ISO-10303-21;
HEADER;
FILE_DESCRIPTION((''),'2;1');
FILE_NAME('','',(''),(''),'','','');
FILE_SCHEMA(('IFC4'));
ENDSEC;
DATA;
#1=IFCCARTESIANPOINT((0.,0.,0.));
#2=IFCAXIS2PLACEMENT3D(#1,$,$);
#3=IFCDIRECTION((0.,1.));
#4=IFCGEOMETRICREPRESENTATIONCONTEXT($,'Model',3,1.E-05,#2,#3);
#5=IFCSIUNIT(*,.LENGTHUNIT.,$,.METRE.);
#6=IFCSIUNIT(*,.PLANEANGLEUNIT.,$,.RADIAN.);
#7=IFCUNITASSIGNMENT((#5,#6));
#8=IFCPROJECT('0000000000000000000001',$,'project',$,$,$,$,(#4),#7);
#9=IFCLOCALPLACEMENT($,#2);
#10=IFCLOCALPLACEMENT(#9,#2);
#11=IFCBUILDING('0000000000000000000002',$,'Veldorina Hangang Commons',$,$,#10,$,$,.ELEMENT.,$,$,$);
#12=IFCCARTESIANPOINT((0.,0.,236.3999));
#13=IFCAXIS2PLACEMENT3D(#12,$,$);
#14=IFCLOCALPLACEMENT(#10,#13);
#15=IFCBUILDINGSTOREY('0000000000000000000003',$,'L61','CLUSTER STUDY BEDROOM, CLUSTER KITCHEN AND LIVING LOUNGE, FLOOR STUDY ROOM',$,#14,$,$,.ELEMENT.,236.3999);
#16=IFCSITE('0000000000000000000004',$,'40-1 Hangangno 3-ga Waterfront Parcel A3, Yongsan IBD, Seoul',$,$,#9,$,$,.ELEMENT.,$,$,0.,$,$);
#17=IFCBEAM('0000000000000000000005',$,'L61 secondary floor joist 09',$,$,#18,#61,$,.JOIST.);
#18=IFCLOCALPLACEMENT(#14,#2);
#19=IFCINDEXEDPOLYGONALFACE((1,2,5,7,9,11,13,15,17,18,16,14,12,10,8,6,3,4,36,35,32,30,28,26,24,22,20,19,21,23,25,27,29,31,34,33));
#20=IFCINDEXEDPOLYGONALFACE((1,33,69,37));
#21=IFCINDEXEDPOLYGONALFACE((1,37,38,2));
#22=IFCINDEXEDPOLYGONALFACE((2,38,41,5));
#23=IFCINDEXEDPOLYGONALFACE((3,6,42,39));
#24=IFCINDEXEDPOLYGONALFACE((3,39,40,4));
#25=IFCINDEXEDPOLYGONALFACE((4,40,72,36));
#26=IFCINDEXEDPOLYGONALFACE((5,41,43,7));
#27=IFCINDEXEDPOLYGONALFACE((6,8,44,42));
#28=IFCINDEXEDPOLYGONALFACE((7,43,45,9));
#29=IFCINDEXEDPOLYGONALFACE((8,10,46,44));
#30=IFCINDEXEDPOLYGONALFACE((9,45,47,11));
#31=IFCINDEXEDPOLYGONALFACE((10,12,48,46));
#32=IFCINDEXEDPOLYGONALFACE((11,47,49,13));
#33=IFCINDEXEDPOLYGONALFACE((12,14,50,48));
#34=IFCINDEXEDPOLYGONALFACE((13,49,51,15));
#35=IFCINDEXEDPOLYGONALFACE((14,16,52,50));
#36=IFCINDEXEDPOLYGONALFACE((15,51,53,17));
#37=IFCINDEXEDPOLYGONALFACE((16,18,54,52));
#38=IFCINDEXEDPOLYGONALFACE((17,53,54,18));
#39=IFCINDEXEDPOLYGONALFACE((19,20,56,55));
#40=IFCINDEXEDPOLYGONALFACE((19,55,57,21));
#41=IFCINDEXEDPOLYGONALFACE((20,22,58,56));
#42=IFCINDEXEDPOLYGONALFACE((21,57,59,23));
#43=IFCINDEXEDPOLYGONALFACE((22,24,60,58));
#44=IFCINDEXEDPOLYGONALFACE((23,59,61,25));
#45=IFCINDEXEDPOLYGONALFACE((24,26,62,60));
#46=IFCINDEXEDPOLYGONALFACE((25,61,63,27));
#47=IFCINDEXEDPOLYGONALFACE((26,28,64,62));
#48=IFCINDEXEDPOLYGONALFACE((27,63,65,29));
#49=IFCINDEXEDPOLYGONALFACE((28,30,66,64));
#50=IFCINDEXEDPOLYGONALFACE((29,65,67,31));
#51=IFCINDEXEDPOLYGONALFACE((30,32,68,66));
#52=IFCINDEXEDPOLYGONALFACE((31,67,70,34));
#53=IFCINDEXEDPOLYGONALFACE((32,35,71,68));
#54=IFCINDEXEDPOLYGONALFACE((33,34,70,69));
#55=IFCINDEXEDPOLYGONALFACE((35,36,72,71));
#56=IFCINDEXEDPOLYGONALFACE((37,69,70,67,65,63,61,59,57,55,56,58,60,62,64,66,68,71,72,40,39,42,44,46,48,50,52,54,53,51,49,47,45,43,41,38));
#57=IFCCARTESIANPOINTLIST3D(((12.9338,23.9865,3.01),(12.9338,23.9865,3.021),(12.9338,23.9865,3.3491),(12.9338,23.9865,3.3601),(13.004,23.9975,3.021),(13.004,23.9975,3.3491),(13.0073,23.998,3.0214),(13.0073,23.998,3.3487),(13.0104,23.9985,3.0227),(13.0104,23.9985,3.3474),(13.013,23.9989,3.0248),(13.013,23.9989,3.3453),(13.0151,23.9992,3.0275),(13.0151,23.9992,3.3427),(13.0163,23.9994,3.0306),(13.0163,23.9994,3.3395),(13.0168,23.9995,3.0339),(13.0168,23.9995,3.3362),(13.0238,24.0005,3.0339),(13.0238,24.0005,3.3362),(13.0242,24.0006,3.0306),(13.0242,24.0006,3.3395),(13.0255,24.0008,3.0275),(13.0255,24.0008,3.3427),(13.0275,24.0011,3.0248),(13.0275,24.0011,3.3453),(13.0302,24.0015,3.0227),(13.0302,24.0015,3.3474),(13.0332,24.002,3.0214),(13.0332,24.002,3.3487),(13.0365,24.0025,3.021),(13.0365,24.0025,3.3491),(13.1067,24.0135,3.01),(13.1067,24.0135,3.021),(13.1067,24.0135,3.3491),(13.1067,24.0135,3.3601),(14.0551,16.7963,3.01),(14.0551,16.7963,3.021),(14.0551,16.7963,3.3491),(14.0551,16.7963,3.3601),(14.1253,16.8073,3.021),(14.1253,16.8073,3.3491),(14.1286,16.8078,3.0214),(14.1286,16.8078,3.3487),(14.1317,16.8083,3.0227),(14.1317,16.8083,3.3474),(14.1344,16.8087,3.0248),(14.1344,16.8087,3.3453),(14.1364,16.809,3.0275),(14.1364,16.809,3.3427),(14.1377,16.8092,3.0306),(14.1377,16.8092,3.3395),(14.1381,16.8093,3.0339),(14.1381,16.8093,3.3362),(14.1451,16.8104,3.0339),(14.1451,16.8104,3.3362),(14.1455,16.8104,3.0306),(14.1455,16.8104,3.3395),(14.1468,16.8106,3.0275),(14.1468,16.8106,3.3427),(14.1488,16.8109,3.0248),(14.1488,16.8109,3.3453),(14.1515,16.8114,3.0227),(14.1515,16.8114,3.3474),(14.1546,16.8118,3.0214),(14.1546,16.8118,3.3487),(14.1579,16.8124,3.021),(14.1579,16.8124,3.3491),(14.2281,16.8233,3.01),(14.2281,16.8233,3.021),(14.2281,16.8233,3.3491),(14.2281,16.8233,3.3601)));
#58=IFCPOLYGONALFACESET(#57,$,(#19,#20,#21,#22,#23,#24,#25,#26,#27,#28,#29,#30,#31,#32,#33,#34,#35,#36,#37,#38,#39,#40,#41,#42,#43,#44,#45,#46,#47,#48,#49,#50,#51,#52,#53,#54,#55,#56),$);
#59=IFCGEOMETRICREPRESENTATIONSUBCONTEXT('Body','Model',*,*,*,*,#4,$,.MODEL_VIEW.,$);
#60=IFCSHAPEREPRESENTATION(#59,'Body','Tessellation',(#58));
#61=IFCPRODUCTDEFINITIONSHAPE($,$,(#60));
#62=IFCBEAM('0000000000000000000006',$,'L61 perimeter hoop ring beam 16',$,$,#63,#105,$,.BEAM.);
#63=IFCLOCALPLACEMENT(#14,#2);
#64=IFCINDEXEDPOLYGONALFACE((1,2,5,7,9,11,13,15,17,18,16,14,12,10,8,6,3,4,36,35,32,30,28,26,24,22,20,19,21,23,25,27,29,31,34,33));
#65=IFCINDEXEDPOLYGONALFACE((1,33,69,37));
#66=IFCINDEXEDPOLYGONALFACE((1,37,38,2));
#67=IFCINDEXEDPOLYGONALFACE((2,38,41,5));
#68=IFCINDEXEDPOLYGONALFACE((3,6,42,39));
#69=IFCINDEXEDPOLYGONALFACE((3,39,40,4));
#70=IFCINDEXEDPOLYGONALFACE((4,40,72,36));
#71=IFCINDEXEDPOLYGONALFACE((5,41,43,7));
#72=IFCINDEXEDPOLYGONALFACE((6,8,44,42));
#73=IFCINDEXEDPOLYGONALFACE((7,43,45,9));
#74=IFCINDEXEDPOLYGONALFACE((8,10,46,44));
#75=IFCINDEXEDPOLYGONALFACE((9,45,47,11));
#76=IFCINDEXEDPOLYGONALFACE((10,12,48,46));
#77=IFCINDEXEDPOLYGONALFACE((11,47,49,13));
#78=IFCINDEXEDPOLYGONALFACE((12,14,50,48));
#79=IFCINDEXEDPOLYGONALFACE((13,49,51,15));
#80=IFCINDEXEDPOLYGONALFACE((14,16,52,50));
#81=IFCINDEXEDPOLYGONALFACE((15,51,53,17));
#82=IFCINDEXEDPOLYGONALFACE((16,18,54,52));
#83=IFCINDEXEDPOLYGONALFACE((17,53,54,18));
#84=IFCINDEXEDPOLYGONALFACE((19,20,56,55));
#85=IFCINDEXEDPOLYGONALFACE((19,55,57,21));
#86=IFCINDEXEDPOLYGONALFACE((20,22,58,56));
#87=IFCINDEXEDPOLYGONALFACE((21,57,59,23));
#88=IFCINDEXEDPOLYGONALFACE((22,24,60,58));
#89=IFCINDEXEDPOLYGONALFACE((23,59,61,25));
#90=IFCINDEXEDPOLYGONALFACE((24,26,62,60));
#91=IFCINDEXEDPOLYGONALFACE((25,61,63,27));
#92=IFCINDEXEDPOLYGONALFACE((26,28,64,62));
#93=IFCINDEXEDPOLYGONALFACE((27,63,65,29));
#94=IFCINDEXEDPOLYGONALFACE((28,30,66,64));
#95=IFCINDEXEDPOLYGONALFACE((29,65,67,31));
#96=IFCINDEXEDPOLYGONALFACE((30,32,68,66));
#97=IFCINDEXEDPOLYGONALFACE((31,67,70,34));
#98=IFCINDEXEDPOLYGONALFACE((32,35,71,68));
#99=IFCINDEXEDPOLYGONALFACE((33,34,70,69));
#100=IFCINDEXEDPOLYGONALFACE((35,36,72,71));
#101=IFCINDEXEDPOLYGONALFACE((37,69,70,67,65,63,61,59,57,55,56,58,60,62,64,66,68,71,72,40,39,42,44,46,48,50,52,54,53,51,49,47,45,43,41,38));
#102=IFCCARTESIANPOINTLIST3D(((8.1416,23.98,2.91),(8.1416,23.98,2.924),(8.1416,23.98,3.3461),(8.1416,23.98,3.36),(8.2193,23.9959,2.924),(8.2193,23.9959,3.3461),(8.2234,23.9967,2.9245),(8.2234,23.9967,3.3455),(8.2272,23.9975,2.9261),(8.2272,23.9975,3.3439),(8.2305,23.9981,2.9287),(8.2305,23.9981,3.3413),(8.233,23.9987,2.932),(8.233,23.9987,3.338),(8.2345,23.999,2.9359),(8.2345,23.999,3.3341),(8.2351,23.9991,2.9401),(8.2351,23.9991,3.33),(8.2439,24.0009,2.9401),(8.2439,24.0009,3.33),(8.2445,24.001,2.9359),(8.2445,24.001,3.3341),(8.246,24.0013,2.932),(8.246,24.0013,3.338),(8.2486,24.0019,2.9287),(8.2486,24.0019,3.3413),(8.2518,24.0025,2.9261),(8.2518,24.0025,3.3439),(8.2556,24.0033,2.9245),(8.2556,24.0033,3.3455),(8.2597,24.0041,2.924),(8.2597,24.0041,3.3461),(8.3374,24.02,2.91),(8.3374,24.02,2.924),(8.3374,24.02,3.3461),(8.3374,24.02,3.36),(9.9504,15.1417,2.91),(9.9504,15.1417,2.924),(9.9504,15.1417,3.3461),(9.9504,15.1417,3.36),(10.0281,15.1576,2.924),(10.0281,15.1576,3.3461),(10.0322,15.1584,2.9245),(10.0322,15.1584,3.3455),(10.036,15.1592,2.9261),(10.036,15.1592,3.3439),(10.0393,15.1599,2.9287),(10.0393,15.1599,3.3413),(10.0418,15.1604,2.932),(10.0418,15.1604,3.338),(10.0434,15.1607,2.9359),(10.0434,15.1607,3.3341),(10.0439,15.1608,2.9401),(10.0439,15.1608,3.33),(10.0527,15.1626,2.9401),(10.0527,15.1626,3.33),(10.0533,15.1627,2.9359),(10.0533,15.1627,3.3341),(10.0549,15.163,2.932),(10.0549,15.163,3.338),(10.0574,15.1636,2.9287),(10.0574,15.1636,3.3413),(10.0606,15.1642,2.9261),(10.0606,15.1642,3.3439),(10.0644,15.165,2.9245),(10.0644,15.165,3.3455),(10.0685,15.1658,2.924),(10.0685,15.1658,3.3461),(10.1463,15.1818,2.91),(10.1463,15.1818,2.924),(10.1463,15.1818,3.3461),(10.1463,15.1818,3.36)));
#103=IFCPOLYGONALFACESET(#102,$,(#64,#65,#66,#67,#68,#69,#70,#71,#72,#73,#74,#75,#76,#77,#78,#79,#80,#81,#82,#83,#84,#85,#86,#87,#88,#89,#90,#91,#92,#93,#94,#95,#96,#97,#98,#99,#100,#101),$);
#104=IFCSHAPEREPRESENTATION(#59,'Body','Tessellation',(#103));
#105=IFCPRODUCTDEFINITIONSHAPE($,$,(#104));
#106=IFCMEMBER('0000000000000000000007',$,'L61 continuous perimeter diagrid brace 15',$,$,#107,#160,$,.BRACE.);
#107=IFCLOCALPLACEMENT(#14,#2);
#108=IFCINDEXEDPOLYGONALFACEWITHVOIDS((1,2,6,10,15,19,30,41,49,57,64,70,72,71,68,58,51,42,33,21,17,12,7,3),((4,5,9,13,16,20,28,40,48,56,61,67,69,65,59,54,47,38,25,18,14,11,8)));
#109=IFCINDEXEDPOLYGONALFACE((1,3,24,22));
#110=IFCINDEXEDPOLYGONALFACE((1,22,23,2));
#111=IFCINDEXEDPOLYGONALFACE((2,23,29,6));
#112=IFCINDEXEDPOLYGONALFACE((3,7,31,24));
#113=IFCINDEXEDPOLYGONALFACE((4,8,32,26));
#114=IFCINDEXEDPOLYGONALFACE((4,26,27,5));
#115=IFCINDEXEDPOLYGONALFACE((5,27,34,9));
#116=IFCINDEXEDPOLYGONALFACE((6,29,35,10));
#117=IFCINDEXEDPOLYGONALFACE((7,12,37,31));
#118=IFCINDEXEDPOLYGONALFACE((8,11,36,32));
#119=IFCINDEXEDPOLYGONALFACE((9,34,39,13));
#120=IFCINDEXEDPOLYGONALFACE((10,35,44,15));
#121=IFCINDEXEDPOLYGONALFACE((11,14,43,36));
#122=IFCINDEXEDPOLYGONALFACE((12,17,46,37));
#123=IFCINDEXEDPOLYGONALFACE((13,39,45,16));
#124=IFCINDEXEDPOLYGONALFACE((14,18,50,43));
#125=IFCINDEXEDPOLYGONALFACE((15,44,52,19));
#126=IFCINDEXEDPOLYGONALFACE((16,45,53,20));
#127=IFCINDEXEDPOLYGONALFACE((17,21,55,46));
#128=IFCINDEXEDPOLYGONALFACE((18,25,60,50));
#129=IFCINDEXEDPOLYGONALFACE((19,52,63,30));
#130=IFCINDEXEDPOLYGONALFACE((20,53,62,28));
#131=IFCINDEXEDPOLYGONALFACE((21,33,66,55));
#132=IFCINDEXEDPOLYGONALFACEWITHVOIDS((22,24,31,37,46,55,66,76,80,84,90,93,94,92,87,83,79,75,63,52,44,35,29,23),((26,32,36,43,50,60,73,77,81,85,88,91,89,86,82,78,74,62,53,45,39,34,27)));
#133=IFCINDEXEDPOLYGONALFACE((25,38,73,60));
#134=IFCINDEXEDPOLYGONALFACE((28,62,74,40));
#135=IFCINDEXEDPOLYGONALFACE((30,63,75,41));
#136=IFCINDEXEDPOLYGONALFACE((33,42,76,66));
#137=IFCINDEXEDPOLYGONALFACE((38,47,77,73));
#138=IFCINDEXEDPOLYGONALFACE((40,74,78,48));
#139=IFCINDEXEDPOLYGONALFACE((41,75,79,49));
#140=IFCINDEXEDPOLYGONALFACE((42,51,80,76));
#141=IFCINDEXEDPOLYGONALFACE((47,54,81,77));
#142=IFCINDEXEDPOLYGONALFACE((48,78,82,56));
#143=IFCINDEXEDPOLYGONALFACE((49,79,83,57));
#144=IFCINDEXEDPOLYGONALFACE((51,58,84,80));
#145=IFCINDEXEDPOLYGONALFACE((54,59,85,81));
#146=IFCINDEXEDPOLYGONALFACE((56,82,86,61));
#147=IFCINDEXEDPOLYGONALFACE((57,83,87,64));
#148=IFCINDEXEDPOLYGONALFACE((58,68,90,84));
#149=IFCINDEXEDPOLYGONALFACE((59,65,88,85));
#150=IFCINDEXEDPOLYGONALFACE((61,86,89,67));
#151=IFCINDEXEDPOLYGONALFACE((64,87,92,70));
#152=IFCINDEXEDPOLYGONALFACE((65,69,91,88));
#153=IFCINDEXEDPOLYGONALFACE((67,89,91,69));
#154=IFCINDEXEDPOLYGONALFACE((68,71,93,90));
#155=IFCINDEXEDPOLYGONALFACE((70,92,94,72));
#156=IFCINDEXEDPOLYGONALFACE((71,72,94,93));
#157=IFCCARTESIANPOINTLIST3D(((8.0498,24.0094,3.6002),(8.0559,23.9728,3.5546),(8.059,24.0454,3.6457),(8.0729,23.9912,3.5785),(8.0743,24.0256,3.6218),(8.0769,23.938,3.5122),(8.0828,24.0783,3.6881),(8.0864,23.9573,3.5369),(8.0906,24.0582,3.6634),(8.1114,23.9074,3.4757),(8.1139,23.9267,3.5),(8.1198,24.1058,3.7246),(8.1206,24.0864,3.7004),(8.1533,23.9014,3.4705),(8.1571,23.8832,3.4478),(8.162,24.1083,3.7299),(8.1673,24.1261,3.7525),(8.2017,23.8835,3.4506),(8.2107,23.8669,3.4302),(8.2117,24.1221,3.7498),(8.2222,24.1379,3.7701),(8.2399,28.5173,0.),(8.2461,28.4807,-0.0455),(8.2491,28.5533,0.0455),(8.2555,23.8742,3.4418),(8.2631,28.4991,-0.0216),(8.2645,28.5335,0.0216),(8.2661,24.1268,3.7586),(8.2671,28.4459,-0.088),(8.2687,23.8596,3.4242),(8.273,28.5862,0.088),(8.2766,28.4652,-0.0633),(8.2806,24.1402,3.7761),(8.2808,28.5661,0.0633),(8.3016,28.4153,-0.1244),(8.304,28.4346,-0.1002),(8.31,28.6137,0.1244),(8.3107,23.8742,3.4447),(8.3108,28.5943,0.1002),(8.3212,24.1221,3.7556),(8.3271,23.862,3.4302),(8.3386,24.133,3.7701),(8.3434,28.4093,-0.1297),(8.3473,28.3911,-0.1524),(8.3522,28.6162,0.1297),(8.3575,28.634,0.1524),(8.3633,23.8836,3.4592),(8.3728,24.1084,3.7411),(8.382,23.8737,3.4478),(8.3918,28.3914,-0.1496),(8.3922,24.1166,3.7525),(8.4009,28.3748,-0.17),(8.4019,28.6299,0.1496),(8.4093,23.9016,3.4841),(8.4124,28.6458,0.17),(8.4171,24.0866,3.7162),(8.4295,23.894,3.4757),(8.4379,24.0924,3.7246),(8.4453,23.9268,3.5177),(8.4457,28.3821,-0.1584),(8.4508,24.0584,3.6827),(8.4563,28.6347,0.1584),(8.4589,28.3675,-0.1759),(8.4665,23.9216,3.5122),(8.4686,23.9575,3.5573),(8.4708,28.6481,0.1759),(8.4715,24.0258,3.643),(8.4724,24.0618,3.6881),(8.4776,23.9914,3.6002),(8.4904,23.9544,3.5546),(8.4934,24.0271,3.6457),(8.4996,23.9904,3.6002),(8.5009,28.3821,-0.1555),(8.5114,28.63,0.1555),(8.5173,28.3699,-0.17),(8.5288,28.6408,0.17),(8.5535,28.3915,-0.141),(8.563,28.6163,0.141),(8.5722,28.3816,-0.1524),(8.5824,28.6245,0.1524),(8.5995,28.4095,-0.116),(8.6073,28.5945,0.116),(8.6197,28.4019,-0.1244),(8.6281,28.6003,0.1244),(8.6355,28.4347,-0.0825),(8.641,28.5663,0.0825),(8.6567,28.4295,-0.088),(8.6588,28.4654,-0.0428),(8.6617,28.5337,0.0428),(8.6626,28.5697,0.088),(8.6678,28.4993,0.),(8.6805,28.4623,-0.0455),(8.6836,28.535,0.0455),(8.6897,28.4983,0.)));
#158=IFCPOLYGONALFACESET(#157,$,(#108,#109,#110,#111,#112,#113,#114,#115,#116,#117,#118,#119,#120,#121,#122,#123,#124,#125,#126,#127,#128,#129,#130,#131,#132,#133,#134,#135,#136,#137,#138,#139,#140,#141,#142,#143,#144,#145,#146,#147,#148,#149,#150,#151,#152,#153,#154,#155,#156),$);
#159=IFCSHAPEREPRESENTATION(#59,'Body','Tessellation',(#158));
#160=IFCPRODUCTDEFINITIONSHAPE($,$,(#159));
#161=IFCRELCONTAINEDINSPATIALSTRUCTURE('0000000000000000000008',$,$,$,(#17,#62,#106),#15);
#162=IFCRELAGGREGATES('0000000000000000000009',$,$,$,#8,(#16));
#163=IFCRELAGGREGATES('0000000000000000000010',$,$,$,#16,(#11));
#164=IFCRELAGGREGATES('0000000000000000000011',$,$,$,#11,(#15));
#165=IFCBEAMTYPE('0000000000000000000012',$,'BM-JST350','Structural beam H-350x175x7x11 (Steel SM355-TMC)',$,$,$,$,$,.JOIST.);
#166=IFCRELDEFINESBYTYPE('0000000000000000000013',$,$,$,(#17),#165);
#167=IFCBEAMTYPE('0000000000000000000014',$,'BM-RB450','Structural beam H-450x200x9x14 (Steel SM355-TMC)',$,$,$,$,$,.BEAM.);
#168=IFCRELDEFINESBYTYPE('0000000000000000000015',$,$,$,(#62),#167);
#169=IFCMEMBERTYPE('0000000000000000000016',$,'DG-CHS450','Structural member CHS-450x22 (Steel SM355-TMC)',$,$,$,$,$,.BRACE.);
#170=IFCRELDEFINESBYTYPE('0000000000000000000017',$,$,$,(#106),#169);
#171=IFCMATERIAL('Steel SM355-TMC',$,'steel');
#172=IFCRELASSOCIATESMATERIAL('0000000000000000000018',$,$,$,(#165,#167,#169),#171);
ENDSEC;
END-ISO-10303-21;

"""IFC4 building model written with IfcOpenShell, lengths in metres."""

from ifc_helpers import new_model, si_unit, direction, frame, origin, origin_2d, place, context, subcontext, project, spatial, hollow_circle, i_section, extrude, material, material_profile, profile_set, type_object, element, save


model = new_model("IFC4")

# Units and contexts
model_context = context("Model", 3, precision=1e-05, world=origin(), true_north=direction((0.0, 1.0)))
body_context = subcontext(model_context, "Body", "Model", "MODEL_VIEW")
ifc_project = project(units=[si_unit("LENGTHUNIT", "METRE"), si_unit("PLANEANGLEUNIT", "RADIAN")], contexts=[model_context])

# Site, building, storey
site_placement = place(None, origin())
site = spatial("IfcSite", under=ifc_project, at=site_placement, Name="40-1 Hangangno 3-ga Waterfront Parcel A3, Yongsan IBD, Seoul", CompositionType="ELEMENT", RefElevation=0.0)
building_placement = place(site_placement, origin())
building = spatial("IfcBuilding", under=site, at=building_placement, Name="Veldorina Hangang Commons", CompositionType="ELEMENT")
storey_placement = place(building_placement, frame((0.0, 0.0, 236.3999)))
storey = spatial("IfcBuildingStorey", under=building, at=storey_placement, Name="L61", Description="CLUSTER STUDY BEDROOM, CLUSTER KITCHEN AND LIVING LOUNGE, FLOOR STUDY ROOM", CompositionType="ELEMENT", Elevation=236.3999)

# Beams
ifc_material_1 = material(Name="Steel SM355-TMC", Category="steel")
ifc_material_profile_1 = material_profile(ifc_material_1, i_section(OverallWidth=0.175, OverallDepth=0.3501, WebThickness=0.0071, FlangeThickness=0.011, FilletRadius=0.0129, at=origin_2d()), Name="H-350x175x7x11")
ifc_profile_set_1 = profile_set([ifc_material_profile_1], Name="Steel SM355-TMC")
beam_type_1 = type_object("IfcBeamType", Name="BM-JST350", Description="Structural beam H-350x175x7x11 (Steel SM355-TMC)", PredefinedType="JOIST", material=ifc_profile_set_1)
beam_1_placement = place(storey_placement, frame((13.0203, 24.0, 3.1851), z_axis=(0.154091, -0.988057, 0.0), x_axis=(0.988057, 0.154091, 0.0)))
element("IfcBeam", 1, at=beam_1_placement, inside=storey, type_object=beam_type_1, Name="L61 secondary floor joist 09", PredefinedType="JOIST", context=body_context, shape_type="SweptSolid", body=[
    extrude(i_section(OverallWidth=0.175, OverallDepth=0.3501, WebThickness=0.0071, FlangeThickness=0.011, FilletRadius=0.0129, at=origin_2d()), origin(), (0.0, 0.0, 1.0), 7.2771),
])
ifc_material_profile_2 = material_profile(ifc_material_1, i_section(OverallWidth=0.2, OverallDepth=0.45, WebThickness=0.009, FlangeThickness=0.0139, FilletRadius=0.0161, at=origin_2d()), Name="H-450x200x9x14")
ifc_profile_set_2 = profile_set([ifc_material_profile_2], Name="Steel SM355-TMC")
beam_type_2 = type_object("IfcBeamType", Name="BM-RB450", Description="Structural beam H-450x200x9x14 (Steel SM355-TMC)", PredefinedType="BEAM", material=ifc_profile_set_2)
beam_2_placement = place(storey_placement, frame((8.2395, 24.0, 3.135), z_axis=(0.200501, -0.979693, 0.0), x_axis=(0.979693, 0.200501, 0.0)))
element("IfcBeam", 2, at=beam_2_placement, inside=storey, type_object=beam_type_2, Name="L61 perimeter hoop ring beam 16", PredefinedType="BEAM", context=body_context, shape_type="SweptSolid", body=[
    extrude(i_section(OverallWidth=0.2, OverallDepth=0.45, WebThickness=0.009, FlangeThickness=0.0139, FilletRadius=0.0161, at=origin_2d()), origin(), (0.0, 0.0, 1.0), 9.0215),
])

# Member
ifc_material_profile_3 = material_profile(ifc_material_1, hollow_circle(Radius=0.2251, WallThickness=0.022, at=origin_2d()), Name="CHS-450x22")
ifc_profile_set_3 = profile_set([ifc_material_profile_3], Name="Steel SM355-TMC")
member_type_1 = type_object("IfcMemberType", Name="DG-CHS450", Description="Structural member CHS-450x22 (Steel SM355-TMC)", PredefinedType="BRACE", material=ifc_profile_set_3)
member_1_placement = place(storey_placement, frame((8.4648, 28.5078, 0.0), z_axis=(-0.032949, -0.780964, 0.623706), x_axis=(0.999111, -0.042153, 0.0)))
element("IfcMember", 3, at=member_1_placement, inside=storey, type_object=member_type_1, Name="L61 continuous perimeter diagrid brace 15", PredefinedType="BRACE", context=body_context, shape_type="SweptSolid", body=[
    extrude(hollow_circle(Radius=0.2251, WallThickness=0.022, at=origin_2d()), origin(), (0.0, 0.0, 1.0), 5.7722),
])

save(model, "model.ifc")
